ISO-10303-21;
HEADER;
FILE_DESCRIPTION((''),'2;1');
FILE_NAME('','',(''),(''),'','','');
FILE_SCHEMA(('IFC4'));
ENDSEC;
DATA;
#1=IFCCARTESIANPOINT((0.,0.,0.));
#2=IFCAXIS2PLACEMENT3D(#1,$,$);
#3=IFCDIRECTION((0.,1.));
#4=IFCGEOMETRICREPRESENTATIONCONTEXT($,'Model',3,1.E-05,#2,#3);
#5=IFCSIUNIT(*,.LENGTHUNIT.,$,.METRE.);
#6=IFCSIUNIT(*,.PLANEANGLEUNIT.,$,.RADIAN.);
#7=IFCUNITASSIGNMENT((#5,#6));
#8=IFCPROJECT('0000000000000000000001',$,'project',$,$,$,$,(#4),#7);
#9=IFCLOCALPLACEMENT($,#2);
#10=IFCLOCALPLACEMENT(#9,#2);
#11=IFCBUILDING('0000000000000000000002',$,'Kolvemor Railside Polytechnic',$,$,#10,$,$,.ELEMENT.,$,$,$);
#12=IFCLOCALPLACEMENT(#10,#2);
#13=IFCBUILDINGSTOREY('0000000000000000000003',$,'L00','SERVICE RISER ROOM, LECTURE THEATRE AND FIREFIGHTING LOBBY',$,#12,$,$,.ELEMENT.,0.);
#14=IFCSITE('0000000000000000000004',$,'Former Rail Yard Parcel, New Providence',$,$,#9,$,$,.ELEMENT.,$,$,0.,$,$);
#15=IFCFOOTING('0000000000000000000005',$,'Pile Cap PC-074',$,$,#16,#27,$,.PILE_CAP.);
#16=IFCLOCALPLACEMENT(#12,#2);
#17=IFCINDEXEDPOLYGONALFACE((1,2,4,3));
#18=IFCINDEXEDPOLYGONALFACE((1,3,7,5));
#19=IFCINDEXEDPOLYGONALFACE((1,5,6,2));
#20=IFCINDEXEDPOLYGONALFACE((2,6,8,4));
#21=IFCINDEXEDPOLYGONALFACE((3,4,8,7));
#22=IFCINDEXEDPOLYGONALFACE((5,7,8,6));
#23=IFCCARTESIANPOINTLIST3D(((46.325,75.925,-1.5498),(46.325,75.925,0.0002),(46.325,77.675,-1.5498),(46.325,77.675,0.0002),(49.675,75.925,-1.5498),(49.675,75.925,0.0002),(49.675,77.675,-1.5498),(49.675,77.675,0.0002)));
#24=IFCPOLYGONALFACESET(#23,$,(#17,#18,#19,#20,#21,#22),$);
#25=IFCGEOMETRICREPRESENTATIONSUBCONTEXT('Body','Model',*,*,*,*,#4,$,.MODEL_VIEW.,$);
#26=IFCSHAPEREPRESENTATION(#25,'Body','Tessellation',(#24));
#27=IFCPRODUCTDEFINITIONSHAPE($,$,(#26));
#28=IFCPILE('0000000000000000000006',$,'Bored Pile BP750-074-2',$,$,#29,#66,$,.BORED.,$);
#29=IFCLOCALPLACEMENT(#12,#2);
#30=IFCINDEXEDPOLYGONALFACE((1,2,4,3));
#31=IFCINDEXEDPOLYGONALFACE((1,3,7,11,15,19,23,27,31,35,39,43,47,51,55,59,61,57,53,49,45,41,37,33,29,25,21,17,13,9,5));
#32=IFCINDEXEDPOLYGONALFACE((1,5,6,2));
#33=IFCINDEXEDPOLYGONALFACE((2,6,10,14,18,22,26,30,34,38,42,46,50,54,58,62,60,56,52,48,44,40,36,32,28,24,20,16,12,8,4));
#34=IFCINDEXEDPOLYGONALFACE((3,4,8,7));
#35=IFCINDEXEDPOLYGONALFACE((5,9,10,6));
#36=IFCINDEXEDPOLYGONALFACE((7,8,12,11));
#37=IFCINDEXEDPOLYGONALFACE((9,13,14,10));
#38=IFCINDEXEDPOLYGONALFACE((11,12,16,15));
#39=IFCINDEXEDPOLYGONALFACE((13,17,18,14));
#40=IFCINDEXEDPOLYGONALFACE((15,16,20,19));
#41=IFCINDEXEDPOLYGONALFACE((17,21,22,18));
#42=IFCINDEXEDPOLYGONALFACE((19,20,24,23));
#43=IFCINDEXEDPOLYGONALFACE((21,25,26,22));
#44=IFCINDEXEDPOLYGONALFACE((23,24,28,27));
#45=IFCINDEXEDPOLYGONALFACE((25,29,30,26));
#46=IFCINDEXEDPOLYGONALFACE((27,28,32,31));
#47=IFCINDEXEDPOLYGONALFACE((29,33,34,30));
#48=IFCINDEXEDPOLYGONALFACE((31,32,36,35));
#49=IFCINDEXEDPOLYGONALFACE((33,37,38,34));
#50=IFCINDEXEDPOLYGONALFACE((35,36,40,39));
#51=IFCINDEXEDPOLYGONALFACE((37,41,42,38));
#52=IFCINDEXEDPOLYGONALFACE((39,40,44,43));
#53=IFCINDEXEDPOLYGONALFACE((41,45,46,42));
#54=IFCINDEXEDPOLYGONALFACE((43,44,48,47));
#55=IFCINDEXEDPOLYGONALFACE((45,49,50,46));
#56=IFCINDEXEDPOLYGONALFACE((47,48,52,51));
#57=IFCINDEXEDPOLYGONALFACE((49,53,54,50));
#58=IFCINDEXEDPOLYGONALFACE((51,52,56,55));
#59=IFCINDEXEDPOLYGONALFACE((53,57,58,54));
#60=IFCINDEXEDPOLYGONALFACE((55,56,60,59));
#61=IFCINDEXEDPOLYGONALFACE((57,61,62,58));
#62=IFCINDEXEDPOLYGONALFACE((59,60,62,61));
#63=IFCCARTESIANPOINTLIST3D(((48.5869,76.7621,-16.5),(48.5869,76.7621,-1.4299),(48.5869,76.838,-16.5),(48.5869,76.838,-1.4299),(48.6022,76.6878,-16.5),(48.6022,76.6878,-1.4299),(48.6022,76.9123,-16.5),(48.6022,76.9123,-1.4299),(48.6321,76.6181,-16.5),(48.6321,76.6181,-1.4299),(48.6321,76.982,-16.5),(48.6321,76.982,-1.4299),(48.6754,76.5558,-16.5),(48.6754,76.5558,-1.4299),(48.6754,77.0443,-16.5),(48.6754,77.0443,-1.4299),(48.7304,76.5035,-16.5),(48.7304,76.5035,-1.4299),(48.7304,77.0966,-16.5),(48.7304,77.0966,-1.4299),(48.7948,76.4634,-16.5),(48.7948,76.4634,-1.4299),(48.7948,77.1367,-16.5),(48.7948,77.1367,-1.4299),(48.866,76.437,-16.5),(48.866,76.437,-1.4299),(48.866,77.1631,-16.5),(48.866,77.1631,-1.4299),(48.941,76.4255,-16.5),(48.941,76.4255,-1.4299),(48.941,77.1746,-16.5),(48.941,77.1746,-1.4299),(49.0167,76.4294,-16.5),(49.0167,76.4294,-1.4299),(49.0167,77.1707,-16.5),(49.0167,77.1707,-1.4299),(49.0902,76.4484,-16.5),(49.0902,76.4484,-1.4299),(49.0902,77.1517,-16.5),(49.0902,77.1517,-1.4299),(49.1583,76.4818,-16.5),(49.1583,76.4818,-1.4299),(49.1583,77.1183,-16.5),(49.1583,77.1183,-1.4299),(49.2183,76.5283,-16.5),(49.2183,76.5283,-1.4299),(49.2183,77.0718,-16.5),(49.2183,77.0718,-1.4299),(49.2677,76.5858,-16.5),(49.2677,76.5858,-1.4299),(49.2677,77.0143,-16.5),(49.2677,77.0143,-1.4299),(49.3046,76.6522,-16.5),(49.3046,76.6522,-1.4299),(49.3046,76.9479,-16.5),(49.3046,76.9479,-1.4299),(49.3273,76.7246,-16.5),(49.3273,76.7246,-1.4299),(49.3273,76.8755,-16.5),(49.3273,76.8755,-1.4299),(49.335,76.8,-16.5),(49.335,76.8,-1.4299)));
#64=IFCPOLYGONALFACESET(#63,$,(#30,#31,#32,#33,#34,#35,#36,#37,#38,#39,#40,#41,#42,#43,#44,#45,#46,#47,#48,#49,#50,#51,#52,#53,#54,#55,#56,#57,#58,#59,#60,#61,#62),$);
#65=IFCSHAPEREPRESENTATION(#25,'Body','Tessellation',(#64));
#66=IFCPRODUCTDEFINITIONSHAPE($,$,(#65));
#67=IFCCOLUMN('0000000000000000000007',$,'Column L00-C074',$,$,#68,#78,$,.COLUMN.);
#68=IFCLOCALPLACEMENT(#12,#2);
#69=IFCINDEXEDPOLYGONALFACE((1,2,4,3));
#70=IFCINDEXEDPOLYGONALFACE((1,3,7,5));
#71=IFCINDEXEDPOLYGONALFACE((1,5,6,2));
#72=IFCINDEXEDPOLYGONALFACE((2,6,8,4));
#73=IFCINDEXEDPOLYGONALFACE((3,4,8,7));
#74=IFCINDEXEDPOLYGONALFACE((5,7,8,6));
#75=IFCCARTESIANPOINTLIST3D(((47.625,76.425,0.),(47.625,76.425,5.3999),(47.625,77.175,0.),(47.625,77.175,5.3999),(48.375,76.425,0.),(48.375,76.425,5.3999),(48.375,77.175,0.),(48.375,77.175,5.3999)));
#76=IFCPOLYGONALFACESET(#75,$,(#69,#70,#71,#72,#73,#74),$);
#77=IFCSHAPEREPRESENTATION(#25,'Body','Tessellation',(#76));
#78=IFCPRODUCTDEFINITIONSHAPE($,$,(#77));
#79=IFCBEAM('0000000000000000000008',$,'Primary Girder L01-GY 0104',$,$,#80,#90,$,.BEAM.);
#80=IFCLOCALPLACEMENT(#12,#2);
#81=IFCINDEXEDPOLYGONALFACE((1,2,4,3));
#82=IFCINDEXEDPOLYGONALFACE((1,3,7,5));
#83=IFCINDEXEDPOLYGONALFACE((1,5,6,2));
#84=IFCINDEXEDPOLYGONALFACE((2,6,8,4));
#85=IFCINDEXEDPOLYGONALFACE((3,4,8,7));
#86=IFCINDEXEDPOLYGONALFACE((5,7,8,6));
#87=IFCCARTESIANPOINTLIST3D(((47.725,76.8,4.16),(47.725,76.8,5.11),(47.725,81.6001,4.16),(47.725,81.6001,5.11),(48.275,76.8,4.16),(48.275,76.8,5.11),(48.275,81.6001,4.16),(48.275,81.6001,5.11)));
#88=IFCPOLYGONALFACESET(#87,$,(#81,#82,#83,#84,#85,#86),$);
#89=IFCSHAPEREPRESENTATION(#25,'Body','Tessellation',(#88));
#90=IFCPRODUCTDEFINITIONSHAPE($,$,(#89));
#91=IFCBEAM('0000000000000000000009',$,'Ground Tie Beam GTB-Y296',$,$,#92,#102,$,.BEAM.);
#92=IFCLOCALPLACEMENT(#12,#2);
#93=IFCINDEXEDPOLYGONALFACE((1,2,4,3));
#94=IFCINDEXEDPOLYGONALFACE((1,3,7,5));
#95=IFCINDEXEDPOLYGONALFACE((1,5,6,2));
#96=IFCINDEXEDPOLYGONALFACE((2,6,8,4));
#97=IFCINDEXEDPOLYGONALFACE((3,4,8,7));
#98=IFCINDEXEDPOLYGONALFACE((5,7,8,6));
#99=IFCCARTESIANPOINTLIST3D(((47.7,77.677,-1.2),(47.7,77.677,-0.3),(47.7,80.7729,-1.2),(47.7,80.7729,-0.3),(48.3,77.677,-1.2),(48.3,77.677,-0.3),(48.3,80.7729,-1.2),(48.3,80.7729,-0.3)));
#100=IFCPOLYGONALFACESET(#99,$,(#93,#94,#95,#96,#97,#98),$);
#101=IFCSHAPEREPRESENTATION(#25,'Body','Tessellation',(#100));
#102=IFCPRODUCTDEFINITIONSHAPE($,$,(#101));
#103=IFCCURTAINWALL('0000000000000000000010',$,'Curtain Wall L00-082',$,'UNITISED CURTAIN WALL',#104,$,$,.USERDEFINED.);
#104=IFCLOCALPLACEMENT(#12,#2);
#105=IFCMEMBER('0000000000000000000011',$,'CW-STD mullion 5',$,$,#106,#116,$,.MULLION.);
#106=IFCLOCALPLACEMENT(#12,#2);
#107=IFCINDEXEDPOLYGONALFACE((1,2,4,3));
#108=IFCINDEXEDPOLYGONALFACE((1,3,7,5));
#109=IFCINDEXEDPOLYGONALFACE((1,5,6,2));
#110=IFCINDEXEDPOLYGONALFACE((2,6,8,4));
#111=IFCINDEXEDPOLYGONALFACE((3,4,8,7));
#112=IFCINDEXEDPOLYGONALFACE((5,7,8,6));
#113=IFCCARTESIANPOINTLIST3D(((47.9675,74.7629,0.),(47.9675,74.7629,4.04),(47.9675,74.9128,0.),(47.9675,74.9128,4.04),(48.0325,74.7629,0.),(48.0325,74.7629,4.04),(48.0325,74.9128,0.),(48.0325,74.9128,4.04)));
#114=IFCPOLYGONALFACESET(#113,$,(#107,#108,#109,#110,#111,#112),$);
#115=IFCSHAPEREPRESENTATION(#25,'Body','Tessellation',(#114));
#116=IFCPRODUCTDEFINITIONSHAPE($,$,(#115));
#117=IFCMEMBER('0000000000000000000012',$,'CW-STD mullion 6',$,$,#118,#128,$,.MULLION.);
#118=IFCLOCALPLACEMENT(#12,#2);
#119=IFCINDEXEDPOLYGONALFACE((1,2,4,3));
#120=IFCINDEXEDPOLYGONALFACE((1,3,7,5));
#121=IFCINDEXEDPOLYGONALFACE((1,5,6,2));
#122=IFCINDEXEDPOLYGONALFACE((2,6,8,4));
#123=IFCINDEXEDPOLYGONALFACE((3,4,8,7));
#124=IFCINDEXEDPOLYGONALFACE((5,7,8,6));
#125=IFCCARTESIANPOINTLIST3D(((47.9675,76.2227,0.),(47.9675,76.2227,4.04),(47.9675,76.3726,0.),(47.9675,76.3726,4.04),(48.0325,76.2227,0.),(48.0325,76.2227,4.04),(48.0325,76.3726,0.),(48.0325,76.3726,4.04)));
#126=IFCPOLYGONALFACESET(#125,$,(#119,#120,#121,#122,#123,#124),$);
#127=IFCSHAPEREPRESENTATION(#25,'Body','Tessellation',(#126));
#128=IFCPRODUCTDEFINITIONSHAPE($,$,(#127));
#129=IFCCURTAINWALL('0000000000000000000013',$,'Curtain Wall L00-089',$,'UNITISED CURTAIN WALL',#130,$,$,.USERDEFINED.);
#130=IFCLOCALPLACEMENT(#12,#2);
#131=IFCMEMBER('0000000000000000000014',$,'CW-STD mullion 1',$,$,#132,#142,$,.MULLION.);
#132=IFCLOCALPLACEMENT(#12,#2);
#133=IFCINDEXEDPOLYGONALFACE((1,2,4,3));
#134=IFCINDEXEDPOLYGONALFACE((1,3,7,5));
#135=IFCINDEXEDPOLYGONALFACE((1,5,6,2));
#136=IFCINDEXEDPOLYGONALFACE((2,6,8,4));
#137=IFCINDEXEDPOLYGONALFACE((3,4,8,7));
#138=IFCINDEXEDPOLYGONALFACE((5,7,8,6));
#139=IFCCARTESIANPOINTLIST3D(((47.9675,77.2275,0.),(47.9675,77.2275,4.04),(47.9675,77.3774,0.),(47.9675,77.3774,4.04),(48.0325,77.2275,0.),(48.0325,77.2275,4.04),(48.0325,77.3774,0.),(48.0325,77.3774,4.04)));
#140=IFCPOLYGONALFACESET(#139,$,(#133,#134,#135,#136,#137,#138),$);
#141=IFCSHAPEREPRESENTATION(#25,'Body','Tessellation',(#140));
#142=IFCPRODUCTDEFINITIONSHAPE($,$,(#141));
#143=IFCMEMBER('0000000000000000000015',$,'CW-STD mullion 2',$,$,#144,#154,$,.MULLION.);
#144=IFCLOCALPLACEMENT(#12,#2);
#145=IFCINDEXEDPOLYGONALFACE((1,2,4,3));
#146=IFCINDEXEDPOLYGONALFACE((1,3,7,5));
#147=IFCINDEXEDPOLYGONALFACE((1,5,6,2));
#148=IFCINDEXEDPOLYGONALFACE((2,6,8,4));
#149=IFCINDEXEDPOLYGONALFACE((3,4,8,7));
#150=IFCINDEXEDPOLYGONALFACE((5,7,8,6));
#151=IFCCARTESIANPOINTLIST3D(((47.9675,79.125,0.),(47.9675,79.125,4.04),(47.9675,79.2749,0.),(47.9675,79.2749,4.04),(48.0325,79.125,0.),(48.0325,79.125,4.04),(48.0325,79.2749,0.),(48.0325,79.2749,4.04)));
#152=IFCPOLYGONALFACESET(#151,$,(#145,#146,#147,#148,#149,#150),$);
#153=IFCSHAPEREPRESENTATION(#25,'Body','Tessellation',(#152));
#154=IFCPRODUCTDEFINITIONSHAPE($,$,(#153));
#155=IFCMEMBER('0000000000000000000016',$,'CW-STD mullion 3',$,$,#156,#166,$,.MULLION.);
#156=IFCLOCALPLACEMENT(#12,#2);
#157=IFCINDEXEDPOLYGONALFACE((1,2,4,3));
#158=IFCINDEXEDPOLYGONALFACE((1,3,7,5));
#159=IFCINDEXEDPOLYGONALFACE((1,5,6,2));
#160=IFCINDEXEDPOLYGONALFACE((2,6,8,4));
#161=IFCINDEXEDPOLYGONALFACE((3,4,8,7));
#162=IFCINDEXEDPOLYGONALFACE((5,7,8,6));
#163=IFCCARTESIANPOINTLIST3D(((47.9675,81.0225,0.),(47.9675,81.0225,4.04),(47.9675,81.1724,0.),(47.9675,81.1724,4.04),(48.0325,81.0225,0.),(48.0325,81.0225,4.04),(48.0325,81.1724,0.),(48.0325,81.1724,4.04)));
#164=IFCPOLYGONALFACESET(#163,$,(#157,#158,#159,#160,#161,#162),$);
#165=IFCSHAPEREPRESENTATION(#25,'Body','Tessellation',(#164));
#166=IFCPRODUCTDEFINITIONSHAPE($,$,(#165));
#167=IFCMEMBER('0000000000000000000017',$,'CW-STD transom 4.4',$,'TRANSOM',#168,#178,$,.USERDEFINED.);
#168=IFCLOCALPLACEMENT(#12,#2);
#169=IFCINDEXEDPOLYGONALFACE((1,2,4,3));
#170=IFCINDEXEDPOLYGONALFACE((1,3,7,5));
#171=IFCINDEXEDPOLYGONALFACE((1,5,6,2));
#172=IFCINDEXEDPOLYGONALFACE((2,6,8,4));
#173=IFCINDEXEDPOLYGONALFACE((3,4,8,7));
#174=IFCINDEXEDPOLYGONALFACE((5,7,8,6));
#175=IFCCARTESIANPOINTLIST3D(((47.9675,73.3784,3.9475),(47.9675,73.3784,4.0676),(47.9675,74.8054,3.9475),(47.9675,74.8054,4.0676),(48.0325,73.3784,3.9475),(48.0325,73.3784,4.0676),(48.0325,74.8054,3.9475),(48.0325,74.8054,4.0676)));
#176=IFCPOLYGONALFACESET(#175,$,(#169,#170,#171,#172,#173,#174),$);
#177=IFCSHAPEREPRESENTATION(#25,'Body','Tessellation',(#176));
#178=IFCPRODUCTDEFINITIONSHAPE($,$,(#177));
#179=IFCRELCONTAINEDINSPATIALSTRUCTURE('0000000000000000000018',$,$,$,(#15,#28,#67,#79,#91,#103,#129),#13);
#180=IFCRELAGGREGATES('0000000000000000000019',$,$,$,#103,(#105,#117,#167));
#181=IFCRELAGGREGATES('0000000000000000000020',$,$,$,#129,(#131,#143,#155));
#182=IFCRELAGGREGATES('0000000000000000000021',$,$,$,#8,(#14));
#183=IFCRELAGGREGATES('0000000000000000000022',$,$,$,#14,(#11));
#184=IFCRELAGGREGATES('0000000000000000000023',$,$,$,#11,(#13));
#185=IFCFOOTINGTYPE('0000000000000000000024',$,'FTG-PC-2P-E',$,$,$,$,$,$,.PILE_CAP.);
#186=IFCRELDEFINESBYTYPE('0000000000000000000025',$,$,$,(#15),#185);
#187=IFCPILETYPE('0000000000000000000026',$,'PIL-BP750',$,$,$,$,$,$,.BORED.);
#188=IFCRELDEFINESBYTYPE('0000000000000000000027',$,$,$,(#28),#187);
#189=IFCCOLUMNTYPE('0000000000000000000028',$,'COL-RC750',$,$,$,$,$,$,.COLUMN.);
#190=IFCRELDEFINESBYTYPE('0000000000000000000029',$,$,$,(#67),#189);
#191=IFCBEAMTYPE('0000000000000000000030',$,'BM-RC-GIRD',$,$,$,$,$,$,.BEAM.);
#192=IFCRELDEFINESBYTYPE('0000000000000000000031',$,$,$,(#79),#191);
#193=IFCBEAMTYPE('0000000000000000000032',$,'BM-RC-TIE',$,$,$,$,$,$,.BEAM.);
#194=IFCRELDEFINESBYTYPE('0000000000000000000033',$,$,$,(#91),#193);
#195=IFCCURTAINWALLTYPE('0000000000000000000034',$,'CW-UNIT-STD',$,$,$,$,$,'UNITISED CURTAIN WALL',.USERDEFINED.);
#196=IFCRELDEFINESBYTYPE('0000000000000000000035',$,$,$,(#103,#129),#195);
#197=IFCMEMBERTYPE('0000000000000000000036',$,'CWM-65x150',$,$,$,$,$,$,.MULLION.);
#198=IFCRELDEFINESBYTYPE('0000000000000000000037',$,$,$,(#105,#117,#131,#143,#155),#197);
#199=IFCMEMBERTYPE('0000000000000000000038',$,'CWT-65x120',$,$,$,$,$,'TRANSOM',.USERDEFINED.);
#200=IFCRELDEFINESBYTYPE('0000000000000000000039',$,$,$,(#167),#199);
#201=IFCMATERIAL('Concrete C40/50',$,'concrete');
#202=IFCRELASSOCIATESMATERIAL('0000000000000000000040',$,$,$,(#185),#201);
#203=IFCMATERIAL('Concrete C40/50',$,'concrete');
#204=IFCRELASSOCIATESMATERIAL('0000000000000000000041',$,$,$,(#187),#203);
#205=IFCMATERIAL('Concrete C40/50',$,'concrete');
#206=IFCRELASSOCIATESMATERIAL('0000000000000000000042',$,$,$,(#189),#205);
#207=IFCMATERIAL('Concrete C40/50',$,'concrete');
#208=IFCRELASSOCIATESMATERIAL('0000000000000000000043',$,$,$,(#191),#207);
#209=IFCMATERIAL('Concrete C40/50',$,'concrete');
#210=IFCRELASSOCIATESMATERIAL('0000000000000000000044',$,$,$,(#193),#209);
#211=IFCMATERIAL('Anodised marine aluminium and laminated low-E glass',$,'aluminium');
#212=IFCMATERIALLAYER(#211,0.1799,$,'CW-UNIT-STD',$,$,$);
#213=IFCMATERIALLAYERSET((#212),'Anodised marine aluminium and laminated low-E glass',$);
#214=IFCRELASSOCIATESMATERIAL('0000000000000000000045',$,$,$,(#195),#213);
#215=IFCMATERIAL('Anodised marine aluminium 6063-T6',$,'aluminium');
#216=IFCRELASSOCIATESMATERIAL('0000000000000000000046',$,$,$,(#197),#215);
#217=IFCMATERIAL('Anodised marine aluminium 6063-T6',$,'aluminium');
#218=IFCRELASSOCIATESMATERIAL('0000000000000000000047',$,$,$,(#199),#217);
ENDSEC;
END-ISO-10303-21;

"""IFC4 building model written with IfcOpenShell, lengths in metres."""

from ifc_helpers import new_model, si_unit, direction, frame, origin, origin_2d, place, context, subcontext, project, spatial, rectangle, circle, extrude, material, layer, layer_set, material_profile, profile_set, type_object, element, aggregate, save


model = new_model("IFC4")

# Units and contexts
model_context = context("Model", 3, precision=1e-05, world=origin(), true_north=direction((0.0, 1.0)))
body_context = subcontext(model_context, "Body", "Model", "MODEL_VIEW")
ifc_project = project(units=[si_unit("LENGTHUNIT", "METRE"), si_unit("PLANEANGLEUNIT", "RADIAN")], contexts=[model_context])

# Site, building, storey
site_placement = place(None, origin())
site = spatial("IfcSite", under=ifc_project, at=site_placement, Name="Former Rail Yard Parcel, New Providence", CompositionType="ELEMENT", RefElevation=0.0)
building_placement = place(site_placement, origin())
building = spatial("IfcBuilding", under=site, at=building_placement, Name="Kolvemor Railside Polytechnic", CompositionType="ELEMENT")
storey_placement = place(building_placement, origin())
storey = spatial("IfcBuildingStorey", under=building, at=storey_placement, Name="L00", Description="SERVICE RISER ROOM, LECTURE THEATRE AND FIREFIGHTING LOBBY", CompositionType="ELEMENT", Elevation=0.0)

# Footing
ifc_material_1 = material(Name="Concrete C40/50", Category="concrete")
footing_type = type_object("IfcFootingType", Name="FTG-PC-2P-E", PredefinedType="PILE_CAP", material=ifc_material_1)
footing_placement = place(storey_placement, frame((48.0, 76.8, -1.5498), z_axis=(0.0, 0.0, 1.0), x_axis=(1.0, 0.0, 0.0)))
element("IfcFooting", 1, at=footing_placement, inside=storey, type_object=footing_type, Name="Pile Cap PC-074", PredefinedType="PILE_CAP", context=body_context, shape_type="SweptSolid", body=[
    extrude(rectangle(XDim=3.3501, YDim=1.75, at=origin_2d()), origin(), (0.0, 0.0, 1.0), 1.55),
])

# Pile
ifc_material_2 = material(Name="Concrete C40/50", Category="concrete")
ifc_material_profile_1 = material_profile(ifc_material_2, circle(Radius=0.375, at=origin_2d()), Name="BP750")
ifc_profile_set_1 = profile_set([ifc_material_profile_1], Name="Concrete C40/50")
pile_type = type_object("IfcPileType", Name="PIL-BP750", PredefinedType="BORED", material=ifc_profile_set_1)
pile_placement = place(storey_placement, frame((48.96, 76.8, -1.4299), z_axis=(0.0, 0.0, -1.0), x_axis=(1.0, 0.0, 0.0)))
element("IfcPile", 2, at=pile_placement, inside=storey, type_object=pile_type, Name="Bored Pile BP750-074-2", PredefinedType="BORED", context=body_context, shape_type="SweptSolid", body=[
    extrude(circle(Radius=0.375, at=origin_2d()), origin(), (0.0, 0.0, 1.0), 15.0701),
])

# Column
ifc_material_3 = material(Name="Concrete C40/50", Category="concrete")
ifc_material_profile_2 = material_profile(ifc_material_3, rectangle(XDim=0.75, YDim=0.75, at=origin_2d()), Name="RC750x750")
ifc_profile_set_2 = profile_set([ifc_material_profile_2], Name="Concrete C40/50")
column_type = type_object("IfcColumnType", Name="COL-RC750", PredefinedType="COLUMN", material=ifc_profile_set_2)
column_placement = place(storey_placement, frame((48.0, 76.8, 0.0), z_axis=(0.0, 0.0, 1.0), x_axis=(1.0, 0.0, 0.0)))
element("IfcColumn", 3, at=column_placement, inside=storey, type_object=column_type, Name="Column L00-C074", PredefinedType="COLUMN", context=body_context, shape_type="SweptSolid", body=[
    extrude(rectangle(XDim=0.75, YDim=0.75, at=origin_2d()), origin(), (0.0, 0.0, 1.0), 5.3999),
])

# Beams
ifc_material_4 = material(Name="Concrete C40/50", Category="concrete")
ifc_material_profile_3 = material_profile(ifc_material_4, rectangle(XDim=0.55, YDim=0.95, at=origin_2d()), Name="RC550x950")
ifc_profile_set_3 = profile_set([ifc_material_profile_3], Name="Concrete C40/50")
beam_type_1 = type_object("IfcBeamType", Name="BM-RC-GIRD", PredefinedType="BEAM", material=ifc_profile_set_3)
beam_1_placement = place(storey_placement, frame((48.0, 76.8, 4.635), z_axis=(0.0, 1.0, 0.0), x_axis=(-1.0, 0.0, 0.0)))
element("IfcBeam", 4, at=beam_1_placement, inside=storey, type_object=beam_type_1, Name="Primary Girder L01-GY 0104", PredefinedType="BEAM", context=body_context, shape_type="SweptSolid", body=[
    extrude(rectangle(XDim=0.55, YDim=0.95, at=origin_2d()), origin(), (0.0, 0.0, 1.0), 4.8),
])
ifc_material_5 = material(Name="Concrete C40/50", Category="concrete")
ifc_material_profile_4 = material_profile(ifc_material_5, rectangle(XDim=0.6001, YDim=0.8999, at=origin_2d()), Name="RC600x900")
ifc_profile_set_4 = profile_set([ifc_material_profile_4], Name="Concrete C40/50")
beam_type_2 = type_object("IfcBeamType", Name="BM-RC-TIE", PredefinedType="BEAM", material=ifc_profile_set_4)
beam_2_placement = place(storey_placement, frame((48.0, 77.677, -0.75), z_axis=(0.0, 1.0, 0.0), x_axis=(-1.0, 0.0, 0.0)))
element("IfcBeam", 5, at=beam_2_placement, inside=storey, type_object=beam_type_2, Name="Ground Tie Beam GTB-Y296", PredefinedType="BEAM", context=body_context, shape_type="SweptSolid", body=[
    extrude(rectangle(XDim=0.6001, YDim=0.8999, at=origin_2d()), origin(), (0.0, 0.0, 1.0), 3.0959),
])

# Curtain walls, members
ifc_material_6 = material(Name="Anodised marine aluminium and laminated low-E glass", Category="aluminium")
ifc_layer_1 = layer(ifc_material_6, 0.1799, Name="CW-UNIT-STD")
ifc_layer_set_1 = layer_set([ifc_layer_1], Name="Anodised marine aluminium and laminated low-E glass")
curtain_wall_type = type_object("IfcCurtainWallType", Name="CW-UNIT-STD", ElementType="UNITISED CURTAIN WALL", PredefinedType="USERDEFINED", material=ifc_layer_set_1)
curtain_wall_1_placement = place(storey_placement, origin())
curtain_wall_1 = element("IfcCurtainWall", 6, at=curtain_wall_1_placement, inside=storey, type_object=curtain_wall_type, Name="Curtain Wall L00-082", ObjectType="UNITISED CURTAIN WALL", PredefinedType="USERDEFINED")
ifc_material_7 = material(Name="Anodised marine aluminium 6063-T6", Category="aluminium")
ifc_material_profile_5 = material_profile(ifc_material_7, rectangle(XDim=0.0649, YDim=0.1499, at=origin_2d()), Name="CW-MUL-65x150")
ifc_profile_set_5 = profile_set([ifc_material_profile_5], Name="Anodised marine aluminium 6063-T6")
member_type_1 = type_object("IfcMemberType", Name="CWM-65x150", PredefinedType="MULLION", material=ifc_profile_set_5)
member_1_placement = place(storey_placement, frame((48.0, 74.8379, 0.0), z_axis=(0.0, 0.0, 1.0), x_axis=(-1.0, 0.0, 0.0)))
member_1 = element("IfcMember", 7, at=member_1_placement, type_object=member_type_1, Name="CW-STD mullion 5", PredefinedType="MULLION", context=body_context, shape_type="SweptSolid", body=[
    extrude(rectangle(XDim=0.0649, YDim=0.1499, at=origin_2d()), origin(), (0.0, 0.0, 1.0), 4.04),
])
member_2_placement = place(storey_placement, frame((48.0, 76.2976, 0.0), z_axis=(0.0, 0.0, 1.0), x_axis=(-1.0, 0.0, 0.0)))
member_2 = element("IfcMember", 8, at=member_2_placement, type_object=member_type_1, Name="CW-STD mullion 6", PredefinedType="MULLION", context=body_context, shape_type="SweptSolid", body=[
    extrude(rectangle(XDim=0.0649, YDim=0.1499, at=origin_2d()), origin(), (0.0, 0.0, 1.0), 4.04),
])
curtain_wall_2_placement = place(storey_placement, origin())
curtain_wall_2 = element("IfcCurtainWall", 9, at=curtain_wall_2_placement, inside=storey, type_object=curtain_wall_type, Name="Curtain Wall L00-089", ObjectType="UNITISED CURTAIN WALL", PredefinedType="USERDEFINED")
member_3_placement = place(storey_placement, frame((48.0, 77.3025, 0.0), z_axis=(0.0, 0.0, 1.0), x_axis=(-1.0, 0.0, 0.0)))
member_3 = element("IfcMember", 10, at=member_3_placement, type_object=member_type_1, Name="CW-STD mullion 1", PredefinedType="MULLION", context=body_context, shape_type="SweptSolid", body=[
    extrude(rectangle(XDim=0.0649, YDim=0.1499, at=origin_2d()), origin(), (0.0, 0.0, 1.0), 4.04),
])
member_4_placement = place(storey_placement, frame((48.0, 79.2, 0.0), z_axis=(0.0, 0.0, 1.0), x_axis=(-1.0, 0.0, 0.0)))
member_4 = element("IfcMember", 11, at=member_4_placement, type_object=member_type_1, Name="CW-STD mullion 2", PredefinedType="MULLION", context=body_context, shape_type="SweptSolid", body=[
    extrude(rectangle(XDim=0.0649, YDim=0.1499, at=origin_2d()), origin(), (0.0, 0.0, 1.0), 4.04),
])
member_5_placement = place(storey_placement, frame((48.0, 81.0974, 0.0), z_axis=(0.0, 0.0, 1.0), x_axis=(-1.0, 0.0, 0.0)))
member_5 = element("IfcMember", 12, at=member_5_placement, type_object=member_type_1, Name="CW-STD mullion 3", PredefinedType="MULLION", context=body_context, shape_type="SweptSolid", body=[
    extrude(rectangle(XDim=0.0649, YDim=0.1499, at=origin_2d()), origin(), (0.0, 0.0, 1.0), 4.04),
])

# Member
ifc_material_8 = material(Name="Anodised marine aluminium 6063-T6", Category="aluminium")
ifc_material_profile_6 = material_profile(ifc_material_8, rectangle(XDim=0.0649, YDim=0.1201, at=origin_2d()), Name="CW-TRN-65x120")
ifc_profile_set_6 = profile_set([ifc_material_profile_6], Name="Anodised marine aluminium 6063-T6")
member_type_2 = type_object("IfcMemberType", Name="CWT-65x120", ElementType="TRANSOM", PredefinedType="USERDEFINED", material=ifc_profile_set_6)
member_6_placement = place(storey_placement, frame((48.0, 73.3784, 4.0076), z_axis=(0.0, 1.0, 0.0), x_axis=(-1.0, 0.0, 0.0)))
member_6 = element("IfcMember", 13, at=member_6_placement, type_object=member_type_2, Name="CW-STD transom 4.4", ObjectType="TRANSOM", PredefinedType="USERDEFINED", context=body_context, shape_type="SweptSolid", body=[
    extrude(rectangle(XDim=0.0649, YDim=0.1201, at=origin_2d()), origin(), (0.0, 0.0, 1.0), 1.427),
])

aggregate(curtain_wall_1, [member_1, member_2, member_6])
aggregate(curtain_wall_2, [member_3, member_4, member_5])

save(model, "model.ifc")
